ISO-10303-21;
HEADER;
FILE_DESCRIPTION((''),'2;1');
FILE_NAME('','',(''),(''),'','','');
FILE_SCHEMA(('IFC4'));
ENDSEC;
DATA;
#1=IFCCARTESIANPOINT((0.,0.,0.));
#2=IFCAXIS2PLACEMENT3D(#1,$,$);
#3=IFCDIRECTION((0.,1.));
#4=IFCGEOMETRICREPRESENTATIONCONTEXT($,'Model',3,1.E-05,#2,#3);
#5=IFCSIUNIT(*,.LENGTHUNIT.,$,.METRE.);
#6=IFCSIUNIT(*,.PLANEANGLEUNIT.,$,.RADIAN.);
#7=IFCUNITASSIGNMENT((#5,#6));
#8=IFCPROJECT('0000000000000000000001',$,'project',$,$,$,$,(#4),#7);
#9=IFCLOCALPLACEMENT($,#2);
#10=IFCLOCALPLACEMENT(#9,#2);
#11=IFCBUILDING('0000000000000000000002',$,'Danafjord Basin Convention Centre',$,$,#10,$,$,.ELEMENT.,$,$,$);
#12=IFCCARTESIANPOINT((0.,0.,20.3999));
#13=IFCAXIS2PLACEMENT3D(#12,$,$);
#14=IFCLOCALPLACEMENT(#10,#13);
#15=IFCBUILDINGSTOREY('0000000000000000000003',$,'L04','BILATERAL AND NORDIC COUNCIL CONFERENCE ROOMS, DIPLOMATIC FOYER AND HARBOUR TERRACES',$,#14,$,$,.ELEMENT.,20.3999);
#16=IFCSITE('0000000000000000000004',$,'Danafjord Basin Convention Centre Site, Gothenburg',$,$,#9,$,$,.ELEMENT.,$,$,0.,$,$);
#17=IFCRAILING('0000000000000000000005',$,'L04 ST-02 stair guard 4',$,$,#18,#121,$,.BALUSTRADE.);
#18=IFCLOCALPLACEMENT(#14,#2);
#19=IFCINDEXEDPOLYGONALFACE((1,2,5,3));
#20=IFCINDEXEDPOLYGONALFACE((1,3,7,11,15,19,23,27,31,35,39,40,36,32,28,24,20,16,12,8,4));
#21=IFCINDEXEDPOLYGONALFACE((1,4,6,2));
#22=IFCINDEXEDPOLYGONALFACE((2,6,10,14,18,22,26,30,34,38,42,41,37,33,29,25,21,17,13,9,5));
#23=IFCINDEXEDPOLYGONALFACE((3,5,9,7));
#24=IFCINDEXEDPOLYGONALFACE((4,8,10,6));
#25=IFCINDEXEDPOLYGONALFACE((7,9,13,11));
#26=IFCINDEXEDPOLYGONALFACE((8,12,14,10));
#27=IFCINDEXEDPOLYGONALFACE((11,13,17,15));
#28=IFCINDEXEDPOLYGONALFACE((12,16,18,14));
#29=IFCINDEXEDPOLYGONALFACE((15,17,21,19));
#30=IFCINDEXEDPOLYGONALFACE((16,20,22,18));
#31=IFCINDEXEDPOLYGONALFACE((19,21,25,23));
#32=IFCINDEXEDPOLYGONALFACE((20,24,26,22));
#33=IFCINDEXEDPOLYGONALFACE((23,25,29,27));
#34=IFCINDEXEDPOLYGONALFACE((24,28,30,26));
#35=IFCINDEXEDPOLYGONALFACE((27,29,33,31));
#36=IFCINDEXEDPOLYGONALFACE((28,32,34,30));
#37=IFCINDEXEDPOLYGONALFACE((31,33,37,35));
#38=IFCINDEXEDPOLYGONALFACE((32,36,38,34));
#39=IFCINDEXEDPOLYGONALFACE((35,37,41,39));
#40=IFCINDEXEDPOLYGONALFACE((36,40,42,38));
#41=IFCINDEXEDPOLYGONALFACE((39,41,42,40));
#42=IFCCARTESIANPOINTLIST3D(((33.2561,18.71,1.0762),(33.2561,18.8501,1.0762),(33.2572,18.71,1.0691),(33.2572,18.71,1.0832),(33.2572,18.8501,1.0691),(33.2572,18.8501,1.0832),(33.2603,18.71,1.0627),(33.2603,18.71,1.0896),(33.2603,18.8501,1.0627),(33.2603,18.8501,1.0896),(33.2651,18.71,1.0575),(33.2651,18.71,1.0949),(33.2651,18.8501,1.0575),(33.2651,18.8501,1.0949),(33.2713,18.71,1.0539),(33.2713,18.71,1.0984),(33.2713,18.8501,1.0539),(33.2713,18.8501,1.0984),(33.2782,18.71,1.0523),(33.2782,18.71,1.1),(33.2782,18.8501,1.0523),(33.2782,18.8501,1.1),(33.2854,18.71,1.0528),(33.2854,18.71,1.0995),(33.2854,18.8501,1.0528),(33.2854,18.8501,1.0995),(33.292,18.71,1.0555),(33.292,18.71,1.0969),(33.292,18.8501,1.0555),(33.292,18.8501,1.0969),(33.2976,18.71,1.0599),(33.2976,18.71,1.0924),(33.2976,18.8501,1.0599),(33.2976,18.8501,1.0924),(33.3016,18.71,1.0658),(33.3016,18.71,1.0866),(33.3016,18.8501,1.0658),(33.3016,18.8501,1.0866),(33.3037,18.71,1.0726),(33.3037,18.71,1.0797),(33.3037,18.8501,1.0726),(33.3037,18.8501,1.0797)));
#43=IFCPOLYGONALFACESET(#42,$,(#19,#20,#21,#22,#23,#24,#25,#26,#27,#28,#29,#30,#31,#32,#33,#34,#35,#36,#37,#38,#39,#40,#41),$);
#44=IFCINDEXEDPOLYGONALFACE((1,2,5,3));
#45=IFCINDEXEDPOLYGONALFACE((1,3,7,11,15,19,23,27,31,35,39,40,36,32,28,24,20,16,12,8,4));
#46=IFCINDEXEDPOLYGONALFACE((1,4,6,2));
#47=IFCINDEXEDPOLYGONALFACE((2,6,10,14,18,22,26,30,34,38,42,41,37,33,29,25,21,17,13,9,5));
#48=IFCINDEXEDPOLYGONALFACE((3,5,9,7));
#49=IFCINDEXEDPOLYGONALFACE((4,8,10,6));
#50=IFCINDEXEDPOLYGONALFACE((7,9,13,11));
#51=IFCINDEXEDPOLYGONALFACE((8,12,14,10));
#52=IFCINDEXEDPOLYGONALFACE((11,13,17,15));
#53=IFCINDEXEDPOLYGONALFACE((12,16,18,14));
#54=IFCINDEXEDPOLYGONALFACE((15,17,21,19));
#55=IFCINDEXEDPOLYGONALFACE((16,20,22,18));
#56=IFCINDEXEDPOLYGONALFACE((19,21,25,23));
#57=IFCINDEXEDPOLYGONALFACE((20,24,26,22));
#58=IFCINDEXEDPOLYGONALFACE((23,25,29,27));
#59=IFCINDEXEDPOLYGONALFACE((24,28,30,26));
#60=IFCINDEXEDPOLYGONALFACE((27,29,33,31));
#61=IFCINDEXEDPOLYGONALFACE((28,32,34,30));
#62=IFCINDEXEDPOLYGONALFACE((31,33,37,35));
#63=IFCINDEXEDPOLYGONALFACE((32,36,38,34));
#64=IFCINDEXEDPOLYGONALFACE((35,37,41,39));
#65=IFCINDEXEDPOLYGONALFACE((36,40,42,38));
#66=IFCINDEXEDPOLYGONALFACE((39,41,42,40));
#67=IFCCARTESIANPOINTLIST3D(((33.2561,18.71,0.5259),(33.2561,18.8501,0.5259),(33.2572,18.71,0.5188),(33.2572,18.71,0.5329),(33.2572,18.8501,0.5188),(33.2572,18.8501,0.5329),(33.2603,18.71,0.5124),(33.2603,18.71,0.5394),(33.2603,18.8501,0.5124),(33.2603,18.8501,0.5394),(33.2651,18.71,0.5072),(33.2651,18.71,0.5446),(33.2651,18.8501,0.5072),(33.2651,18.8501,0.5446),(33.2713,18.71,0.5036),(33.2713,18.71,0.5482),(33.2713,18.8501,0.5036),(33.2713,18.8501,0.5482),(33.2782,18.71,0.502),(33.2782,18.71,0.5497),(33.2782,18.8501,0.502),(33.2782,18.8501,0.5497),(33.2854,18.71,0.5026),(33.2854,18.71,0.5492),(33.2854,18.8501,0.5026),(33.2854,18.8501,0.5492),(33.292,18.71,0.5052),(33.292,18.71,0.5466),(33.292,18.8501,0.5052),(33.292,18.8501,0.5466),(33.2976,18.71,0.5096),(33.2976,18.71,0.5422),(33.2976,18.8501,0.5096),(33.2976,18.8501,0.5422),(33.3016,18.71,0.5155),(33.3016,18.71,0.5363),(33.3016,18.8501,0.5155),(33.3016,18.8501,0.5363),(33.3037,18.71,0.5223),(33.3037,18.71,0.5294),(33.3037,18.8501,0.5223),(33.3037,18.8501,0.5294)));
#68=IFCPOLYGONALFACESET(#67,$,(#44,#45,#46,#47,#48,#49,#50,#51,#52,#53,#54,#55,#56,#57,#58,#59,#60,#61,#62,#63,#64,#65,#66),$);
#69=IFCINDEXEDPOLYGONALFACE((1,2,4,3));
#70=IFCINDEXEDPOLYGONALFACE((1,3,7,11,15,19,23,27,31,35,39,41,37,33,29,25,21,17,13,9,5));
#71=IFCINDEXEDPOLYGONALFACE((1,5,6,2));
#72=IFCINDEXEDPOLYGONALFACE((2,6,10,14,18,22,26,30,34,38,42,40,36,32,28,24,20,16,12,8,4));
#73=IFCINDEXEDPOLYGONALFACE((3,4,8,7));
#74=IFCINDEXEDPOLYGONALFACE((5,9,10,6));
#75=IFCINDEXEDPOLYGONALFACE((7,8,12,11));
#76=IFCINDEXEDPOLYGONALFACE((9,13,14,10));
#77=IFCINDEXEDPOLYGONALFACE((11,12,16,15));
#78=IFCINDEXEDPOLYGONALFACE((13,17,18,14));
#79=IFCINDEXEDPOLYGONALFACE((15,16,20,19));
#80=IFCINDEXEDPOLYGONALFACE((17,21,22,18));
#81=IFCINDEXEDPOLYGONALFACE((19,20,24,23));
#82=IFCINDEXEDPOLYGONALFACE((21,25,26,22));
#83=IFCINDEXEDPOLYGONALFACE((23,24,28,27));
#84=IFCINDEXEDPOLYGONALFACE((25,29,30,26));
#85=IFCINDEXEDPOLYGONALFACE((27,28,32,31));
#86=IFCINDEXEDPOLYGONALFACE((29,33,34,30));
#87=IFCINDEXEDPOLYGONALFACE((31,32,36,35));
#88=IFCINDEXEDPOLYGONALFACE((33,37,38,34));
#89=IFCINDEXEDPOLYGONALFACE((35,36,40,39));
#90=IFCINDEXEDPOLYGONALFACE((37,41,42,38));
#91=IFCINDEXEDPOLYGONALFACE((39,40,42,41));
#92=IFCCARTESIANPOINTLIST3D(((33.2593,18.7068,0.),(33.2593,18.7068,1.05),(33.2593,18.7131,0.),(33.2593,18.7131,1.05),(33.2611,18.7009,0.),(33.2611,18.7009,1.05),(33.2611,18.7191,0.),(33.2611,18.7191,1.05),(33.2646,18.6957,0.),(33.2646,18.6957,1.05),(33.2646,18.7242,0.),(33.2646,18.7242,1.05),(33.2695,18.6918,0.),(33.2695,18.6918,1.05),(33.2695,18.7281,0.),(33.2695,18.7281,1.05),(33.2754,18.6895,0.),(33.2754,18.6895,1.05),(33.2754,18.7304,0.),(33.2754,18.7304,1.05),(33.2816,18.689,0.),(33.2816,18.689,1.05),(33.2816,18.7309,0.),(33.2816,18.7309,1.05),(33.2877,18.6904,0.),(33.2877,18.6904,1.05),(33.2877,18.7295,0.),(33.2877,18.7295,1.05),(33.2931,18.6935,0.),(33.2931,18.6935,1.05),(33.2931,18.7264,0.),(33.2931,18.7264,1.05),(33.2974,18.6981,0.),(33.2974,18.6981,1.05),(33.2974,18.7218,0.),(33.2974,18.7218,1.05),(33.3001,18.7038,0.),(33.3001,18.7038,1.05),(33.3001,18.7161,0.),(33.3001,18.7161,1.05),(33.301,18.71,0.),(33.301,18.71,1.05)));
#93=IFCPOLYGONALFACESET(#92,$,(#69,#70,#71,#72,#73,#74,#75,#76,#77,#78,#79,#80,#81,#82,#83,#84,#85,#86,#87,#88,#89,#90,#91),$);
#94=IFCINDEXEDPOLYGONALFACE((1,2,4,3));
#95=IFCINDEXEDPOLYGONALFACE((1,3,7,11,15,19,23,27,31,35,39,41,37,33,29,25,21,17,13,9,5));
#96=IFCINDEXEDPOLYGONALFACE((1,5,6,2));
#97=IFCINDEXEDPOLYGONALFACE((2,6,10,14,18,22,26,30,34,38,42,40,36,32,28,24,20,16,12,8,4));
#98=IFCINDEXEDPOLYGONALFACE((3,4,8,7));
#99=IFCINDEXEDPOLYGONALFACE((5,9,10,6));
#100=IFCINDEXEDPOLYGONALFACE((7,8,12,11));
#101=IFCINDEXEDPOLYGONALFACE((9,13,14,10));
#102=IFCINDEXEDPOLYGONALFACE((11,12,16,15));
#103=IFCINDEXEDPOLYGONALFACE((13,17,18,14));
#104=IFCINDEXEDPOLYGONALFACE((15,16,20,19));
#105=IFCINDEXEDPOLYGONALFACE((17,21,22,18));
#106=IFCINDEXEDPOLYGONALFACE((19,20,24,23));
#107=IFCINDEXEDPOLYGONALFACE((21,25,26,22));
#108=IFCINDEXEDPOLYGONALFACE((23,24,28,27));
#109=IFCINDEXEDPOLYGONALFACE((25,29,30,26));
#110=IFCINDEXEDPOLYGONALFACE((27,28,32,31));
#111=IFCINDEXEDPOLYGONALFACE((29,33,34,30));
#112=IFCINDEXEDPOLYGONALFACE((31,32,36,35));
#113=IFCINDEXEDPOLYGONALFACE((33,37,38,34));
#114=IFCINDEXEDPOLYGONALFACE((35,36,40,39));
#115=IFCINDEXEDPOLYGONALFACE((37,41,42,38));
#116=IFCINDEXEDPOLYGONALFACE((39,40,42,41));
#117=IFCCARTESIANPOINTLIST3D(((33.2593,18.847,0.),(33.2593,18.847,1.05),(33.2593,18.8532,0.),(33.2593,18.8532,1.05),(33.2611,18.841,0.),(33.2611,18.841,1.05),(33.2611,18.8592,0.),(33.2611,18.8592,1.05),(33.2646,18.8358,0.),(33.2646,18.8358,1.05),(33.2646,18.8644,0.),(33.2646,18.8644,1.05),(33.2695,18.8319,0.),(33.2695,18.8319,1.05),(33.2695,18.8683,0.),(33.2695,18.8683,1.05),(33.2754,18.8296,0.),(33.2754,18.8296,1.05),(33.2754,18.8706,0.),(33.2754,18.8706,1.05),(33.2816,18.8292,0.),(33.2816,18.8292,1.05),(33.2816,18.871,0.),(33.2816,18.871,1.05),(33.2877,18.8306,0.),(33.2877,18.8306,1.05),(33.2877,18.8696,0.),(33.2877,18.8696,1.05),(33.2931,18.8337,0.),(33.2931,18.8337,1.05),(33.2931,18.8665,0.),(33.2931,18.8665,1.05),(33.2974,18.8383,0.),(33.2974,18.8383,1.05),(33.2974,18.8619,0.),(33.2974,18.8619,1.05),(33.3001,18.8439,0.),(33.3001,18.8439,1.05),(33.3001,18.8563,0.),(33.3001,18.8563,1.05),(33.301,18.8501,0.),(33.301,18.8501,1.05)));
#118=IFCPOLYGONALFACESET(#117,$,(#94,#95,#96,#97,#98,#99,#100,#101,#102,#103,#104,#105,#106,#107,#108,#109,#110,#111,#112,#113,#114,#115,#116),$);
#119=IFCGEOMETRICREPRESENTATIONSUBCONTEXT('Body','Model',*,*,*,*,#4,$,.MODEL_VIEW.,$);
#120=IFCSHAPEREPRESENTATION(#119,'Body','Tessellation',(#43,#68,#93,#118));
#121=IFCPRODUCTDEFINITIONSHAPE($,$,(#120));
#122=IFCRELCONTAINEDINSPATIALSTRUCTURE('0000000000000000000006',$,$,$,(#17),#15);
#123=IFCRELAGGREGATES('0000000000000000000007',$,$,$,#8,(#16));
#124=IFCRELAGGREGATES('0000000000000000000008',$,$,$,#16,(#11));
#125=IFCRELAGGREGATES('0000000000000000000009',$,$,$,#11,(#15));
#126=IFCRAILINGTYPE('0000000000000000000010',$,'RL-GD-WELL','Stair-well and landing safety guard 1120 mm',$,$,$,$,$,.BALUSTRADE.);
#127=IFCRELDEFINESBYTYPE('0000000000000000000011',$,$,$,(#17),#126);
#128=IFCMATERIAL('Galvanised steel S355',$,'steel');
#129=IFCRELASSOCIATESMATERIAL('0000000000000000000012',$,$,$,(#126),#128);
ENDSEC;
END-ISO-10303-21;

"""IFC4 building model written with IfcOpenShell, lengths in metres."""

from ifc_helpers import new_model, si_unit, direction, frame, origin, origin_2d, place, context, subcontext, project, spatial, circle, extrude, material, type_object, element, save


model = new_model("IFC4")

# Units and contexts
model_context = context("Model", 3, precision=1e-05, world=origin(), true_north=direction((0.0, 1.0)))
body_context = subcontext(model_context, "Body", "Model", "MODEL_VIEW")
ifc_project = project(units=[si_unit("LENGTHUNIT", "METRE"), si_unit("PLANEANGLEUNIT", "RADIAN")], contexts=[model_context])

# Site, building, storey
site_placement = place(None, origin())
site = spatial("IfcSite", under=ifc_project, at=site_placement, Name="Danafjord Basin Convention Centre Site, Gothenburg", CompositionType="ELEMENT", RefElevation=0.0)
building_placement = place(site_placement, origin())
building = spatial("IfcBuilding", under=site, at=building_placement, Name="Danafjord Basin Convention Centre", CompositionType="ELEMENT")
storey_placement = place(building_placement, frame((0.0, 0.0, 20.3999)))
storey = spatial("IfcBuildingStorey", under=building, at=storey_placement, Name="L04", Description="BILATERAL AND NORDIC COUNCIL CONFERENCE ROOMS, DIPLOMATIC FOYER AND HARBOUR TERRACES", CompositionType="ELEMENT", Elevation=20.3999)

# Railing
ifc_material_1 = material(Name="Galvanised steel S355", Category="steel")
railing_type_1 = type_object("IfcRailingType", Name="RL-GD-WELL", Description="Stair-well and landing safety guard 1120 mm", PredefinedType="BALUSTRADE", material=ifc_material_1)
railing_1_placement = place(storey_placement, frame((33.28, 18.71, 0.0)))
element("IfcRailing", 1, at=railing_1_placement, inside=storey, type_object=railing_type_1, Name="L04 ST-02 stair guard 4", PredefinedType="BALUSTRADE", context=body_context, shape_type="SweptSolid", body=[
    extrude(circle(Radius=0.0239, at=origin_2d()), frame((0.0, 0.0, 1.0762), z_axis=(0.0, 1.0, 0.0), x_axis=(-1.0, 0.0, 0.0)), (0.0, 0.0, 1.0), 0.1401),
    extrude(circle(Radius=0.0239, at=origin_2d()), frame((0.0, 0.0, 0.5259), z_axis=(0.0, 1.0, 0.0), x_axis=(-1.0, 0.0, 0.0)), (0.0, 0.0, 1.0), 0.1401),
    extrude(circle(Radius=0.021, at=origin_2d()), origin(), (0.0, 0.0, 1.0), 1.05),
    extrude(circle(Radius=0.021, at=origin_2d()), frame((0.0, 0.1401, 0.0)), (0.0, 0.0, 1.0), 1.05),
])

save(model, "model.ifc")
